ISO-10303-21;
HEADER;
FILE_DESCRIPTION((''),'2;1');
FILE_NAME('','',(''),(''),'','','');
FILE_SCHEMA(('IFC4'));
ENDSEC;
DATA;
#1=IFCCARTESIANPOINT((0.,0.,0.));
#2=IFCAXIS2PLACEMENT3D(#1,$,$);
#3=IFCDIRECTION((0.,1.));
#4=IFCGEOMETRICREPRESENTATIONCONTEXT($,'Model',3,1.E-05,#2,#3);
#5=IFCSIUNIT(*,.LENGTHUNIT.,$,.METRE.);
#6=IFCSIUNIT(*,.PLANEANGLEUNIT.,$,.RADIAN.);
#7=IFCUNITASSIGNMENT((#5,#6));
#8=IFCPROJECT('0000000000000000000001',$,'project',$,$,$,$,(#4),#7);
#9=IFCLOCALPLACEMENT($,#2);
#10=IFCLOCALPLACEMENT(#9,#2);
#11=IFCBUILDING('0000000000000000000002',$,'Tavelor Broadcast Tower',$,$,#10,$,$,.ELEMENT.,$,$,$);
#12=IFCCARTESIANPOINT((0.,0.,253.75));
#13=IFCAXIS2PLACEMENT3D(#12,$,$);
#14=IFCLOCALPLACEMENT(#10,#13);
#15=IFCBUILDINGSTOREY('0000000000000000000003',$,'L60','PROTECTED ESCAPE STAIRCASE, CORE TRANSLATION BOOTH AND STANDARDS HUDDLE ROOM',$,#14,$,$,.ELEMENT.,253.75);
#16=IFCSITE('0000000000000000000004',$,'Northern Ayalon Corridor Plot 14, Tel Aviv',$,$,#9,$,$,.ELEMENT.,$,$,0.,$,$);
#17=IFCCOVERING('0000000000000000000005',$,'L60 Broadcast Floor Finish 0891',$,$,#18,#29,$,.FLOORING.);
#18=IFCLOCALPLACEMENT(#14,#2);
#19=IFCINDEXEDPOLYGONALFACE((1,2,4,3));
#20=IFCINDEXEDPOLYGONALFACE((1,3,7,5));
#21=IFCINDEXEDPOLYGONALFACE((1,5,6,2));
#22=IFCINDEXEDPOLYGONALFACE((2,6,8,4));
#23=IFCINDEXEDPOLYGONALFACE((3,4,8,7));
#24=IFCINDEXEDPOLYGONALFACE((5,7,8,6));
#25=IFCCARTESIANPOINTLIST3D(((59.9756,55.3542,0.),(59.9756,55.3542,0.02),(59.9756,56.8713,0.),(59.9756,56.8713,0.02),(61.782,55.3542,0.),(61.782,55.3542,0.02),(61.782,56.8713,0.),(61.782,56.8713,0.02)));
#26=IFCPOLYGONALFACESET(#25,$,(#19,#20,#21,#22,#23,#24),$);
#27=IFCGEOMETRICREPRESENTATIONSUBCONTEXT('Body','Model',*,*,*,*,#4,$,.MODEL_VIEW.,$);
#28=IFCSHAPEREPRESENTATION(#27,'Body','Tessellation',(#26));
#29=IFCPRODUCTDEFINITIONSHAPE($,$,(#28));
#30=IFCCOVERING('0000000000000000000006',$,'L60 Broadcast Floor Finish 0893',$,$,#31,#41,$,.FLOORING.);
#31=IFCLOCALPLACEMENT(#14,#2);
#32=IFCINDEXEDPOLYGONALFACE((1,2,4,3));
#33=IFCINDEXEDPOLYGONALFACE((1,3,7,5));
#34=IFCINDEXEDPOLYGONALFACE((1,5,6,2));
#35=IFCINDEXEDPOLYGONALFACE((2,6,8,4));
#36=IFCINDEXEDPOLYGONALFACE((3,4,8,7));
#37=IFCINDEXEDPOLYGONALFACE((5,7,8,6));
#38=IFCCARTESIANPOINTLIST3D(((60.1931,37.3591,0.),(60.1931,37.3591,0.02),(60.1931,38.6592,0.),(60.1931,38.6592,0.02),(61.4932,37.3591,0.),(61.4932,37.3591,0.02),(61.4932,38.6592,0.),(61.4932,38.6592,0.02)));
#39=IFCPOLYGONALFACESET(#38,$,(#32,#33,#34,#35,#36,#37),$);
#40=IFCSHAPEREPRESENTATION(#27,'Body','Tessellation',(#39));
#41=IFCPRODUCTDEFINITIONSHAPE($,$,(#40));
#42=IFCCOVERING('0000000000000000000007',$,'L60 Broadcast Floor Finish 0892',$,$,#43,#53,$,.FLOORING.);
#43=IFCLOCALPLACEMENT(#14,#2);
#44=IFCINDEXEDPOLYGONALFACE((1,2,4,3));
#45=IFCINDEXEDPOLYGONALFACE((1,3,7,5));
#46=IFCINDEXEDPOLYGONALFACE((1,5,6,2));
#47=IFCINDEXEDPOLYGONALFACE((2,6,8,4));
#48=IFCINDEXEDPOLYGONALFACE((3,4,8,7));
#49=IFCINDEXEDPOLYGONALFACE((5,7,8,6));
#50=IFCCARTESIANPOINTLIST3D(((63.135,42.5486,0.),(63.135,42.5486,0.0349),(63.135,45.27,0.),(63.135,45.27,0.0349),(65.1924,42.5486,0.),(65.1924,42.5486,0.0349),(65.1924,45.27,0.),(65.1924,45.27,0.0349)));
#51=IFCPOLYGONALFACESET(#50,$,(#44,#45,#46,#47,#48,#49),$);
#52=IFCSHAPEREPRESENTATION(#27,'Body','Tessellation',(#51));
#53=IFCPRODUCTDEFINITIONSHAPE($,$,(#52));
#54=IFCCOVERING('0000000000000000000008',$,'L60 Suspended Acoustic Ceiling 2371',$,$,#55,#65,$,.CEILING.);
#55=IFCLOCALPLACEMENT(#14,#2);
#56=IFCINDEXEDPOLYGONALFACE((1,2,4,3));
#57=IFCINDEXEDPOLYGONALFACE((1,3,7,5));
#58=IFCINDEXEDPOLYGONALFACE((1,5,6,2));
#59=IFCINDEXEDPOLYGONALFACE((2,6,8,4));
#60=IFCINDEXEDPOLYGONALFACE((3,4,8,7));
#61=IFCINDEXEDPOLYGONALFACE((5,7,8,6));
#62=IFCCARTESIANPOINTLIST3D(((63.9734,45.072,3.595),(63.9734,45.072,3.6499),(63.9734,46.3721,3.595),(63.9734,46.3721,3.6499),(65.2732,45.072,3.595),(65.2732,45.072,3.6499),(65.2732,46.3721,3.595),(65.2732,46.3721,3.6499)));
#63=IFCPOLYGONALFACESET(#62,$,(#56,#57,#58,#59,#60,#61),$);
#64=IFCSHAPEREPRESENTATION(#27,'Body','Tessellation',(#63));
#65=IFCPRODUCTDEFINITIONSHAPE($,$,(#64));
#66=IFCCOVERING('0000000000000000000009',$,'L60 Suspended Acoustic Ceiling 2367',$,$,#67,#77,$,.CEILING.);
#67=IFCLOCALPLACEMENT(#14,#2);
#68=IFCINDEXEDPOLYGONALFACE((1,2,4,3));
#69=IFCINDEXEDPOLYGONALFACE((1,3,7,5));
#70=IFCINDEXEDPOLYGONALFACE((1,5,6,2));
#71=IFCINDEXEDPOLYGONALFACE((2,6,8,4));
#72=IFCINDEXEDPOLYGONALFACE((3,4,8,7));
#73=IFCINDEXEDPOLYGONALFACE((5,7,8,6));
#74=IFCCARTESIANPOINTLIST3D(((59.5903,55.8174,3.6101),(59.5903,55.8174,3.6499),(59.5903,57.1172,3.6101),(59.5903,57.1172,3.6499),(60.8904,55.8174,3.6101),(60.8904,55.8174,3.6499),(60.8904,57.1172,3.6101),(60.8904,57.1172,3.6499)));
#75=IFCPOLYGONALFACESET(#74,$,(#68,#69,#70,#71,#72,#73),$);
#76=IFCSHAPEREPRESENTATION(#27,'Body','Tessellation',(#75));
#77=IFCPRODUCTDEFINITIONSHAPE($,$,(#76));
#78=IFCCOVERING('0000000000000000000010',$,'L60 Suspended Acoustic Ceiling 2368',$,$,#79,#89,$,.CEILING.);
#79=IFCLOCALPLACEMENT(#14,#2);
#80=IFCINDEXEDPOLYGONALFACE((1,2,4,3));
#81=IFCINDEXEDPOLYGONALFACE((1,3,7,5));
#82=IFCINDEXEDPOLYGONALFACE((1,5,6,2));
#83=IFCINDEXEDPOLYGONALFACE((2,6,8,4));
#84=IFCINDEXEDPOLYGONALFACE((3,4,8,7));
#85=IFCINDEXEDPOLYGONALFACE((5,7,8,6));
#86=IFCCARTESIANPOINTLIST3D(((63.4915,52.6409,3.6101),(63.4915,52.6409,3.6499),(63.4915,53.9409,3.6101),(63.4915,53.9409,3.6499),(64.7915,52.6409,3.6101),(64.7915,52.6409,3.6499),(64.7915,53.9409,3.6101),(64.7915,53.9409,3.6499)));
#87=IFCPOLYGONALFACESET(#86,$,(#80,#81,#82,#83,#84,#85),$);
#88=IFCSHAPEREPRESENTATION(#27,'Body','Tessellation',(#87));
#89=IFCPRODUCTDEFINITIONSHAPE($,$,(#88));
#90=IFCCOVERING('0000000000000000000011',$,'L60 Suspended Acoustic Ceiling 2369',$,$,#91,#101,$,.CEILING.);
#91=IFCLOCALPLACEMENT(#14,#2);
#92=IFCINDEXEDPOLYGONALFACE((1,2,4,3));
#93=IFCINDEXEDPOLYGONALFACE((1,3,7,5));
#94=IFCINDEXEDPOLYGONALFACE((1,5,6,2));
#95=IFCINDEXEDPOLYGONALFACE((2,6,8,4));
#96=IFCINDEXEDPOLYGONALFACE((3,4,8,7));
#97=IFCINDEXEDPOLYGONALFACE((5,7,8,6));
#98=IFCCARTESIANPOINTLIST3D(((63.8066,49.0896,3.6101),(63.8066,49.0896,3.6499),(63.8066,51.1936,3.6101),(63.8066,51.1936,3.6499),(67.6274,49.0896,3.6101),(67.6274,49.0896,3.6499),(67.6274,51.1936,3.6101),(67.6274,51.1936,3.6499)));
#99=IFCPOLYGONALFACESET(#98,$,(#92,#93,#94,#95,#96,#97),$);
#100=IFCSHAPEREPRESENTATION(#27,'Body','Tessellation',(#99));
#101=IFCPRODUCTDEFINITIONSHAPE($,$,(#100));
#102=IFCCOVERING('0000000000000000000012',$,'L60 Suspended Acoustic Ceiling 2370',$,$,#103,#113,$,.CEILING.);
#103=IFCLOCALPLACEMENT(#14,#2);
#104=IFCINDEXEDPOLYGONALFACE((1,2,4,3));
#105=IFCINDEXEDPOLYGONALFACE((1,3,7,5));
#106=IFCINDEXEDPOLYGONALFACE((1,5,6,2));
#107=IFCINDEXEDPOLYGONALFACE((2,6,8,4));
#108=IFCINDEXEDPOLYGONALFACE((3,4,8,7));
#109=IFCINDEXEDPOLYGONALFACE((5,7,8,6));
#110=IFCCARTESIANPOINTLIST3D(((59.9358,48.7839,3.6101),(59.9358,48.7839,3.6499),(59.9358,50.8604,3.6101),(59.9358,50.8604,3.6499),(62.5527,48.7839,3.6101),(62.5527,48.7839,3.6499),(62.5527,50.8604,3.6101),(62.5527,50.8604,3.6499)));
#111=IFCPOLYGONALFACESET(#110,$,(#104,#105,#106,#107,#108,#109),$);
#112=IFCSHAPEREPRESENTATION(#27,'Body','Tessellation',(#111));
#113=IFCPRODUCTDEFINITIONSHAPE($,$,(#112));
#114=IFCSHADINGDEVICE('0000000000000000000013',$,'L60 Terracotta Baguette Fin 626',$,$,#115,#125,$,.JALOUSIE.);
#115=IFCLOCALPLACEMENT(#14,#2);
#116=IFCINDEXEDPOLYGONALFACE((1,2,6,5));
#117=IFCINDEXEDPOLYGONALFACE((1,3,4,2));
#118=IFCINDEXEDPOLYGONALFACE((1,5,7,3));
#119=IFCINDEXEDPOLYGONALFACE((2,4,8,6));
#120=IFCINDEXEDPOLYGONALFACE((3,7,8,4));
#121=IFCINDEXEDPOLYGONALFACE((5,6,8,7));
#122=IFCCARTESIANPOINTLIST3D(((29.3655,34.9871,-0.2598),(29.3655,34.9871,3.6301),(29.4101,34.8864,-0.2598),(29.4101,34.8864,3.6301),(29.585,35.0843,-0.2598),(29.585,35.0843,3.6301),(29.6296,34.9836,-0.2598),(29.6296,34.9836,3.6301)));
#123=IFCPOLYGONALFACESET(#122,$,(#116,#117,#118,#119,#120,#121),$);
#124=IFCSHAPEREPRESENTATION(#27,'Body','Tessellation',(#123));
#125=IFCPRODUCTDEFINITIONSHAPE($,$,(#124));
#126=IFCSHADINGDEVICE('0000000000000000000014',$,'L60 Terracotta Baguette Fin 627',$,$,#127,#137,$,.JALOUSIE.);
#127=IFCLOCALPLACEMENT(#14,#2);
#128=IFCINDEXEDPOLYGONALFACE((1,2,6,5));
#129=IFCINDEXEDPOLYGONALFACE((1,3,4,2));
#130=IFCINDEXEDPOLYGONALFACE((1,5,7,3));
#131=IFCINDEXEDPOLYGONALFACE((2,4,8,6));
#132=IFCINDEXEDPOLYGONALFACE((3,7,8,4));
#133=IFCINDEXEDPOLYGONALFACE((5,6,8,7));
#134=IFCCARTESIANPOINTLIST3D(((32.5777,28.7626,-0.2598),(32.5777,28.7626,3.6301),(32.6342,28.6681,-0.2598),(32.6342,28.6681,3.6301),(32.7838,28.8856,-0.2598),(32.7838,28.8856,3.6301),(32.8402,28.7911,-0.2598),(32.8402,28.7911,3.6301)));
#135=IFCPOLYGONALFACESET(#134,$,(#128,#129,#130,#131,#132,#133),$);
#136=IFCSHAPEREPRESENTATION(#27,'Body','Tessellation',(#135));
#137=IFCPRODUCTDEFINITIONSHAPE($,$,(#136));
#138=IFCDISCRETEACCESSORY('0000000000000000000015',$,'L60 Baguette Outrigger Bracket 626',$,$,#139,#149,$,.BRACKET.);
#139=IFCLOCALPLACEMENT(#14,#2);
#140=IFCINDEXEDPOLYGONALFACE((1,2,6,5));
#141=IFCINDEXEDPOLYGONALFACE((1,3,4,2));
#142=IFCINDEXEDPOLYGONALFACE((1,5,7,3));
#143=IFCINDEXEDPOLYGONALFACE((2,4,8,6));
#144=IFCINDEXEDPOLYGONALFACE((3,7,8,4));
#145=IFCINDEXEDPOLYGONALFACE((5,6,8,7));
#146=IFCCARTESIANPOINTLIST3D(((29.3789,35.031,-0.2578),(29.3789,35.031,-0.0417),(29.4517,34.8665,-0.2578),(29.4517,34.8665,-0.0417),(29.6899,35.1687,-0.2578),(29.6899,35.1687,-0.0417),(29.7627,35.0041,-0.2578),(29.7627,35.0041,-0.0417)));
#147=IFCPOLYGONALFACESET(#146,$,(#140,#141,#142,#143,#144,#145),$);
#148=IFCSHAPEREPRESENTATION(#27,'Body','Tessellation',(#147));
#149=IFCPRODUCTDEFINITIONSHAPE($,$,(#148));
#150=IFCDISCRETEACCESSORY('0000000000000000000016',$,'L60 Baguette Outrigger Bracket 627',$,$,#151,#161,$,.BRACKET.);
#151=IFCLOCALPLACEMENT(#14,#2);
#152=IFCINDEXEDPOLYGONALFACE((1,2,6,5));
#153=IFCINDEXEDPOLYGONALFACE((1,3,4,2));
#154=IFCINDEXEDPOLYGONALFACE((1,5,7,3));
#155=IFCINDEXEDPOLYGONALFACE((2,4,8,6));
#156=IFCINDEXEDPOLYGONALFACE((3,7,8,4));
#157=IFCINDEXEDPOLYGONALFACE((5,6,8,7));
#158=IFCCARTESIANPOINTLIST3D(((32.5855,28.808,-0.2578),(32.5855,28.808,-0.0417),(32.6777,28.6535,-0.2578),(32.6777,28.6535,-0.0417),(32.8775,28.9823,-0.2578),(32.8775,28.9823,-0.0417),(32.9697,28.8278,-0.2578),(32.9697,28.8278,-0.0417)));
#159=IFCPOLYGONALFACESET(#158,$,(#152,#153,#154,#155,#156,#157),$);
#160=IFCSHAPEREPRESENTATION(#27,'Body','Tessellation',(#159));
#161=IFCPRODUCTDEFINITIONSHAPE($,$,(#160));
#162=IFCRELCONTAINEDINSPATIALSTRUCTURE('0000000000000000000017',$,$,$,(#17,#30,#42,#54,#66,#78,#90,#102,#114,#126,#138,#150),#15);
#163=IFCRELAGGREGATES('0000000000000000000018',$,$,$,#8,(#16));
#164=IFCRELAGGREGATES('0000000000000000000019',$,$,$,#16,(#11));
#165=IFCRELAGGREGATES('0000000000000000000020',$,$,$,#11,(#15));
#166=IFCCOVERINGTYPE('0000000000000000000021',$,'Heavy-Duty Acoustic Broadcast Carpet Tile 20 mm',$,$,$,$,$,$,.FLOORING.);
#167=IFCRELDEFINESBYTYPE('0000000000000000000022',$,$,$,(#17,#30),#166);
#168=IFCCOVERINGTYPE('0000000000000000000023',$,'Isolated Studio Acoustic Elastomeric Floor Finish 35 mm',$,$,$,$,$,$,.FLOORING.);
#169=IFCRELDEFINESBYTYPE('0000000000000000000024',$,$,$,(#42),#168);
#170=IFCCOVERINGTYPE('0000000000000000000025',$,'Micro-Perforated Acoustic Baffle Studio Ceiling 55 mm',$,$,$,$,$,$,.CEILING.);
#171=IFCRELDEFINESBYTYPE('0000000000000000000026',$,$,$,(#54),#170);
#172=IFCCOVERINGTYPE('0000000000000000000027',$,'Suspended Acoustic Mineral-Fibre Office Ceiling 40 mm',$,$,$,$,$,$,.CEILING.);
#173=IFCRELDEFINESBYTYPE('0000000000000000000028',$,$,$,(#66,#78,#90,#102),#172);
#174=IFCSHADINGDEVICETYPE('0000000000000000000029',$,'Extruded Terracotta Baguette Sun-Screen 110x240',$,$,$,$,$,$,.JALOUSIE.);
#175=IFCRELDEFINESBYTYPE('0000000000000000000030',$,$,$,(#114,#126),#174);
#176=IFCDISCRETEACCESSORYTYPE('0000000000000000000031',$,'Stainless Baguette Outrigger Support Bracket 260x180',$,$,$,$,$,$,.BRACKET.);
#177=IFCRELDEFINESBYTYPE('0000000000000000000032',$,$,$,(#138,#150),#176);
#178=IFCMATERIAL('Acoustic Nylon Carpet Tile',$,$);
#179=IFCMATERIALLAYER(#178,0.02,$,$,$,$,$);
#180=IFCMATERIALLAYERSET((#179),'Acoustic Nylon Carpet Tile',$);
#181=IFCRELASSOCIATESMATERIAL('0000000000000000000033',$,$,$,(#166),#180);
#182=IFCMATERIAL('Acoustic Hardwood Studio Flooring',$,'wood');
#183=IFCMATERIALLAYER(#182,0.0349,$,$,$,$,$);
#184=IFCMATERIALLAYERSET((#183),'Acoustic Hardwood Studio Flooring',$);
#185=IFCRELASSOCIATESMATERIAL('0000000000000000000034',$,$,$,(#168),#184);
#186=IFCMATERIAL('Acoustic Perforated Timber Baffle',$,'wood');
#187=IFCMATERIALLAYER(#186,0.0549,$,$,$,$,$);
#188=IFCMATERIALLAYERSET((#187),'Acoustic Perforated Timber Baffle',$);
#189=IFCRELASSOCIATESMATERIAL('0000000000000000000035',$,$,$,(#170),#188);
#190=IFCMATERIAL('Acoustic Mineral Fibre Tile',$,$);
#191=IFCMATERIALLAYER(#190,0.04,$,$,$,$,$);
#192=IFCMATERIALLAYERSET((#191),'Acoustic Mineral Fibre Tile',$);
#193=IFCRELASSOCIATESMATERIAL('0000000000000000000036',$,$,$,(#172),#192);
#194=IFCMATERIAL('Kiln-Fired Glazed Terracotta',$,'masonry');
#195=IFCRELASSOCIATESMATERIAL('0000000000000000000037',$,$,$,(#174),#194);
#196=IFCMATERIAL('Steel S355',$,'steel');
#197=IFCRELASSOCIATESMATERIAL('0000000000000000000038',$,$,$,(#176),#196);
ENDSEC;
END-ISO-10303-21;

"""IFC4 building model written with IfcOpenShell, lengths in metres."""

from ifc_helpers import new_model, si_unit, direction, frame, origin, origin_2d, place, context, subcontext, project, spatial, polyline, rectangle, outline, extrude, source, transform, mapped, material, layer, layer_set, type_object, type_shapes, element, save


model = new_model("IFC4")

# Units and contexts
model_context = context("Model", 3, precision=1e-05, world=origin(), true_north=direction((0.0, 1.0)))
body_context = subcontext(model_context, "Body", "Model", "MODEL_VIEW")
ifc_project = project(units=[si_unit("LENGTHUNIT", "METRE"), si_unit("PLANEANGLEUNIT", "RADIAN")], contexts=[model_context])

# Site, building, storey
site_placement = place(None, origin())
site = spatial("IfcSite", under=ifc_project, at=site_placement, Name="Northern Ayalon Corridor Plot 14, Tel Aviv", CompositionType="ELEMENT", RefElevation=0.0)
building_placement = place(site_placement, origin())
building = spatial("IfcBuilding", under=site, at=building_placement, Name="Tavelor Broadcast Tower", CompositionType="ELEMENT")
storey_placement = place(building_placement, frame((0.0, 0.0, 253.75)))
storey = spatial("IfcBuildingStorey", under=building, at=storey_placement, Name="L60", Description="PROTECTED ESCAPE STAIRCASE, CORE TRANSLATION BOOTH AND STANDARDS HUDDLE ROOM", CompositionType="ELEMENT", Elevation=253.75)

# Coverings
ifc_material_1 = material(Name="Acoustic Nylon Carpet Tile")
ifc_layer_1 = layer(ifc_material_1, 0.02)
ifc_layer_set_1 = layer_set([ifc_layer_1], Name="Acoustic Nylon Carpet Tile")
covering_type_1 = type_object("IfcCoveringType", Name="Heavy-Duty Acoustic Broadcast Carpet Tile 20 mm", PredefinedType="FLOORING", material=ifc_layer_set_1)
covering_1_placement = place(storey_placement, origin())
element("IfcCovering", 1, at=covering_1_placement, inside=storey, type_object=covering_type_1, Name="L60 Broadcast Floor Finish 0891", PredefinedType="FLOORING", context=body_context, shape_type="SweptSolid", body=[
    extrude(outline(polyline([(59.9756, 55.3542), (61.782, 55.3542), (61.782, 56.8713), (59.9756, 56.8713), (59.9756, 55.3542)])), origin(), (0.0, 0.0, 1.0), 0.02),
])
covering_2_placement = place(storey_placement, origin())
element("IfcCovering", 2, at=covering_2_placement, inside=storey, type_object=covering_type_1, Name="L60 Broadcast Floor Finish 0893", PredefinedType="FLOORING", context=body_context, shape_type="SweptSolid", body=[
    extrude(outline(polyline([(60.1931, 37.3591), (61.4932, 37.3591), (61.4932, 38.6592), (60.1931, 38.6592), (60.1931, 37.3591)])), origin(), (0.0, 0.0, 1.0), 0.02),
])
ifc_material_2 = material(Name="Acoustic Hardwood Studio Flooring", Category="wood")
ifc_layer_2 = layer(ifc_material_2, 0.0349)
ifc_layer_set_2 = layer_set([ifc_layer_2], Name="Acoustic Hardwood Studio Flooring")
covering_type_2 = type_object("IfcCoveringType", Name="Isolated Studio Acoustic Elastomeric Floor Finish 35 mm", PredefinedType="FLOORING", material=ifc_layer_set_2)
covering_3_placement = place(storey_placement, origin())
element("IfcCovering", 3, at=covering_3_placement, inside=storey, type_object=covering_type_2, Name="L60 Broadcast Floor Finish 0892", PredefinedType="FLOORING", context=body_context, shape_type="SweptSolid", body=[
    extrude(outline(polyline([(63.135, 42.5486), (65.1924, 42.5486), (65.1924, 45.27), (63.135, 45.27), (63.135, 42.5486)])), origin(), (0.0, 0.0, 1.0), 0.0349),
])
ifc_material_3 = material(Name="Acoustic Perforated Timber Baffle", Category="wood")
ifc_layer_3 = layer(ifc_material_3, 0.0549)
ifc_layer_set_3 = layer_set([ifc_layer_3], Name="Acoustic Perforated Timber Baffle")
covering_type_3 = type_object("IfcCoveringType", Name="Micro-Perforated Acoustic Baffle Studio Ceiling 55 mm", PredefinedType="CEILING", material=ifc_layer_set_3)
covering_4_placement = place(storey_placement, frame((0.0, 0.0, 3.595)))
element("IfcCovering", 4, at=covering_4_placement, inside=storey, type_object=covering_type_3, Name="L60 Suspended Acoustic Ceiling 2371", PredefinedType="CEILING", context=body_context, shape_type="SweptSolid", body=[
    extrude(outline(polyline([(63.9734, 45.072), (65.2732, 45.072), (65.2732, 46.3721), (63.9734, 46.3721), (63.9734, 45.072)])), origin(), (0.0, 0.0, 1.0), 0.0549),
])
ifc_material_4 = material(Name="Acoustic Mineral Fibre Tile")
ifc_layer_4 = layer(ifc_material_4, 0.04)
ifc_layer_set_4 = layer_set([ifc_layer_4], Name="Acoustic Mineral Fibre Tile")
covering_type_4 = type_object("IfcCoveringType", Name="Suspended Acoustic Mineral-Fibre Office Ceiling 40 mm", PredefinedType="CEILING", material=ifc_layer_set_4)
covering_5_placement = place(storey_placement, frame((0.0, 0.0, 3.6101)))
element("IfcCovering", 5, at=covering_5_placement, inside=storey, type_object=covering_type_4, Name="L60 Suspended Acoustic Ceiling 2367", PredefinedType="CEILING", context=body_context, shape_type="SweptSolid", body=[
    extrude(outline(polyline([(59.5903, 55.8174), (60.8904, 55.8174), (60.8904, 57.1172), (59.5903, 57.1172), (59.5903, 55.8174)])), origin(), (0.0, 0.0, 1.0), 0.0398),
])
covering_6_placement = place(storey_placement, frame((0.0, 0.0, 3.6101)))
element("IfcCovering", 6, at=covering_6_placement, inside=storey, type_object=covering_type_4, Name="L60 Suspended Acoustic Ceiling 2368", PredefinedType="CEILING", context=body_context, shape_type="SweptSolid", body=[
    extrude(outline(polyline([(63.4915, 52.6409), (64.7915, 52.6409), (64.7915, 53.9409), (63.4915, 53.9409), (63.4915, 52.6409)])), origin(), (0.0, 0.0, 1.0), 0.0398),
])
covering_7_placement = place(storey_placement, frame((0.0, 0.0, 3.6101)))
element("IfcCovering", 7, at=covering_7_placement, inside=storey, type_object=covering_type_4, Name="L60 Suspended Acoustic Ceiling 2369", PredefinedType="CEILING", context=body_context, shape_type="SweptSolid", body=[
    extrude(outline(polyline([(63.8066, 49.0896), (67.6274, 49.0896), (67.6274, 51.1936), (63.8066, 51.1936), (63.8066, 49.0896)])), origin(), (0.0, 0.0, 1.0), 0.0398),
])
covering_8_placement = place(storey_placement, frame((0.0, 0.0, 3.6101)))
element("IfcCovering", 8, at=covering_8_placement, inside=storey, type_object=covering_type_4, Name="L60 Suspended Acoustic Ceiling 2370", PredefinedType="CEILING", context=body_context, shape_type="SweptSolid", body=[
    extrude(outline(polyline([(59.9358, 48.7839), (62.5527, 48.7839), (62.5527, 50.8604), (59.9358, 50.8604), (59.9358, 48.7839)])), origin(), (0.0, 0.0, 1.0), 0.0398),
])

# Shading devices
ifc_material_5 = material(Name="Kiln-Fired Glazed Terracotta", Category="masonry")
shading_device_type = type_object("IfcShadingDeviceType", Name="Extruded Terracotta Baguette Sun-Screen 110x240", PredefinedType="JALOUSIE", material=ifc_material_5)
shared_shape_1 = source(origin(), body_context, "Body", "SweptSolid", [
    extrude(rectangle(XDim=0.1101, YDim=0.24, at=origin_2d()), origin(), (0.0, 0.0, 1.0), 3.8899),
])
type_shapes(shading_device_type, [shared_shape_1])
for number, where, z_axis, x_axis, name in (
    (9, (29.4976, 34.9854, -0.2598), (0.0, 0.0, 1.0), (0.404663, -0.914466, 0.0), "L60 Terracotta Baguette Fin 626"),
    (10, (32.709, 28.7769, -0.2598), (0.0, 0.0, 1.0), (0.512493, -0.858692, 0.0), "L60 Terracotta Baguette Fin 627"),
):
    element("IfcShadingDevice", number, at=place(storey_placement, frame(where, z_axis=z_axis, x_axis=x_axis)), inside=storey, type_object=shading_device_type, Name=name, PredefinedType="JALOUSIE", context=body_context, shape_type="MappedRepresentation", body=[
        mapped(shared_shape_1, transform((0.0, 0.0, 0.0), scale=1.0)),
    ])

# Discrete accessories
ifc_material_6 = material(Name="Steel S355", Category="steel")
discrete_accessory_type = type_object("IfcDiscreteAccessoryType", Name="Stainless Baguette Outrigger Support Bracket 260x180", PredefinedType="BRACKET", material=ifc_material_6)
shared_shape_2 = source(origin(), body_context, "Body", "SweptSolid", [
    extrude(rectangle(XDim=0.1799, YDim=0.3401, at=origin_2d()), origin(), (0.0, 0.0, 1.0), 0.2161),
])
type_shapes(discrete_accessory_type, [shared_shape_2])
for number, where, z_axis, x_axis, name in (
    (11, (29.5708, 35.0176, -0.2578), (0.0, 0.0, 1.0), (0.404663, -0.914466, 0.0), "L60 Baguette Outrigger Bracket 626"),
    (12, (32.7776, 28.8179, -0.2578), (0.0, 0.0, 1.0), (0.512493, -0.858692, 0.0), "L60 Baguette Outrigger Bracket 627"),
):
    element("IfcDiscreteAccessory", number, at=place(storey_placement, frame(where, z_axis=z_axis, x_axis=x_axis)), inside=storey, type_object=discrete_accessory_type, Name=name, PredefinedType="BRACKET", context=body_context, shape_type="MappedRepresentation", body=[
        mapped(shared_shape_2, transform((0.0, 0.0, 0.0), scale=1.0)),
    ])

save(model, "model.ifc")
